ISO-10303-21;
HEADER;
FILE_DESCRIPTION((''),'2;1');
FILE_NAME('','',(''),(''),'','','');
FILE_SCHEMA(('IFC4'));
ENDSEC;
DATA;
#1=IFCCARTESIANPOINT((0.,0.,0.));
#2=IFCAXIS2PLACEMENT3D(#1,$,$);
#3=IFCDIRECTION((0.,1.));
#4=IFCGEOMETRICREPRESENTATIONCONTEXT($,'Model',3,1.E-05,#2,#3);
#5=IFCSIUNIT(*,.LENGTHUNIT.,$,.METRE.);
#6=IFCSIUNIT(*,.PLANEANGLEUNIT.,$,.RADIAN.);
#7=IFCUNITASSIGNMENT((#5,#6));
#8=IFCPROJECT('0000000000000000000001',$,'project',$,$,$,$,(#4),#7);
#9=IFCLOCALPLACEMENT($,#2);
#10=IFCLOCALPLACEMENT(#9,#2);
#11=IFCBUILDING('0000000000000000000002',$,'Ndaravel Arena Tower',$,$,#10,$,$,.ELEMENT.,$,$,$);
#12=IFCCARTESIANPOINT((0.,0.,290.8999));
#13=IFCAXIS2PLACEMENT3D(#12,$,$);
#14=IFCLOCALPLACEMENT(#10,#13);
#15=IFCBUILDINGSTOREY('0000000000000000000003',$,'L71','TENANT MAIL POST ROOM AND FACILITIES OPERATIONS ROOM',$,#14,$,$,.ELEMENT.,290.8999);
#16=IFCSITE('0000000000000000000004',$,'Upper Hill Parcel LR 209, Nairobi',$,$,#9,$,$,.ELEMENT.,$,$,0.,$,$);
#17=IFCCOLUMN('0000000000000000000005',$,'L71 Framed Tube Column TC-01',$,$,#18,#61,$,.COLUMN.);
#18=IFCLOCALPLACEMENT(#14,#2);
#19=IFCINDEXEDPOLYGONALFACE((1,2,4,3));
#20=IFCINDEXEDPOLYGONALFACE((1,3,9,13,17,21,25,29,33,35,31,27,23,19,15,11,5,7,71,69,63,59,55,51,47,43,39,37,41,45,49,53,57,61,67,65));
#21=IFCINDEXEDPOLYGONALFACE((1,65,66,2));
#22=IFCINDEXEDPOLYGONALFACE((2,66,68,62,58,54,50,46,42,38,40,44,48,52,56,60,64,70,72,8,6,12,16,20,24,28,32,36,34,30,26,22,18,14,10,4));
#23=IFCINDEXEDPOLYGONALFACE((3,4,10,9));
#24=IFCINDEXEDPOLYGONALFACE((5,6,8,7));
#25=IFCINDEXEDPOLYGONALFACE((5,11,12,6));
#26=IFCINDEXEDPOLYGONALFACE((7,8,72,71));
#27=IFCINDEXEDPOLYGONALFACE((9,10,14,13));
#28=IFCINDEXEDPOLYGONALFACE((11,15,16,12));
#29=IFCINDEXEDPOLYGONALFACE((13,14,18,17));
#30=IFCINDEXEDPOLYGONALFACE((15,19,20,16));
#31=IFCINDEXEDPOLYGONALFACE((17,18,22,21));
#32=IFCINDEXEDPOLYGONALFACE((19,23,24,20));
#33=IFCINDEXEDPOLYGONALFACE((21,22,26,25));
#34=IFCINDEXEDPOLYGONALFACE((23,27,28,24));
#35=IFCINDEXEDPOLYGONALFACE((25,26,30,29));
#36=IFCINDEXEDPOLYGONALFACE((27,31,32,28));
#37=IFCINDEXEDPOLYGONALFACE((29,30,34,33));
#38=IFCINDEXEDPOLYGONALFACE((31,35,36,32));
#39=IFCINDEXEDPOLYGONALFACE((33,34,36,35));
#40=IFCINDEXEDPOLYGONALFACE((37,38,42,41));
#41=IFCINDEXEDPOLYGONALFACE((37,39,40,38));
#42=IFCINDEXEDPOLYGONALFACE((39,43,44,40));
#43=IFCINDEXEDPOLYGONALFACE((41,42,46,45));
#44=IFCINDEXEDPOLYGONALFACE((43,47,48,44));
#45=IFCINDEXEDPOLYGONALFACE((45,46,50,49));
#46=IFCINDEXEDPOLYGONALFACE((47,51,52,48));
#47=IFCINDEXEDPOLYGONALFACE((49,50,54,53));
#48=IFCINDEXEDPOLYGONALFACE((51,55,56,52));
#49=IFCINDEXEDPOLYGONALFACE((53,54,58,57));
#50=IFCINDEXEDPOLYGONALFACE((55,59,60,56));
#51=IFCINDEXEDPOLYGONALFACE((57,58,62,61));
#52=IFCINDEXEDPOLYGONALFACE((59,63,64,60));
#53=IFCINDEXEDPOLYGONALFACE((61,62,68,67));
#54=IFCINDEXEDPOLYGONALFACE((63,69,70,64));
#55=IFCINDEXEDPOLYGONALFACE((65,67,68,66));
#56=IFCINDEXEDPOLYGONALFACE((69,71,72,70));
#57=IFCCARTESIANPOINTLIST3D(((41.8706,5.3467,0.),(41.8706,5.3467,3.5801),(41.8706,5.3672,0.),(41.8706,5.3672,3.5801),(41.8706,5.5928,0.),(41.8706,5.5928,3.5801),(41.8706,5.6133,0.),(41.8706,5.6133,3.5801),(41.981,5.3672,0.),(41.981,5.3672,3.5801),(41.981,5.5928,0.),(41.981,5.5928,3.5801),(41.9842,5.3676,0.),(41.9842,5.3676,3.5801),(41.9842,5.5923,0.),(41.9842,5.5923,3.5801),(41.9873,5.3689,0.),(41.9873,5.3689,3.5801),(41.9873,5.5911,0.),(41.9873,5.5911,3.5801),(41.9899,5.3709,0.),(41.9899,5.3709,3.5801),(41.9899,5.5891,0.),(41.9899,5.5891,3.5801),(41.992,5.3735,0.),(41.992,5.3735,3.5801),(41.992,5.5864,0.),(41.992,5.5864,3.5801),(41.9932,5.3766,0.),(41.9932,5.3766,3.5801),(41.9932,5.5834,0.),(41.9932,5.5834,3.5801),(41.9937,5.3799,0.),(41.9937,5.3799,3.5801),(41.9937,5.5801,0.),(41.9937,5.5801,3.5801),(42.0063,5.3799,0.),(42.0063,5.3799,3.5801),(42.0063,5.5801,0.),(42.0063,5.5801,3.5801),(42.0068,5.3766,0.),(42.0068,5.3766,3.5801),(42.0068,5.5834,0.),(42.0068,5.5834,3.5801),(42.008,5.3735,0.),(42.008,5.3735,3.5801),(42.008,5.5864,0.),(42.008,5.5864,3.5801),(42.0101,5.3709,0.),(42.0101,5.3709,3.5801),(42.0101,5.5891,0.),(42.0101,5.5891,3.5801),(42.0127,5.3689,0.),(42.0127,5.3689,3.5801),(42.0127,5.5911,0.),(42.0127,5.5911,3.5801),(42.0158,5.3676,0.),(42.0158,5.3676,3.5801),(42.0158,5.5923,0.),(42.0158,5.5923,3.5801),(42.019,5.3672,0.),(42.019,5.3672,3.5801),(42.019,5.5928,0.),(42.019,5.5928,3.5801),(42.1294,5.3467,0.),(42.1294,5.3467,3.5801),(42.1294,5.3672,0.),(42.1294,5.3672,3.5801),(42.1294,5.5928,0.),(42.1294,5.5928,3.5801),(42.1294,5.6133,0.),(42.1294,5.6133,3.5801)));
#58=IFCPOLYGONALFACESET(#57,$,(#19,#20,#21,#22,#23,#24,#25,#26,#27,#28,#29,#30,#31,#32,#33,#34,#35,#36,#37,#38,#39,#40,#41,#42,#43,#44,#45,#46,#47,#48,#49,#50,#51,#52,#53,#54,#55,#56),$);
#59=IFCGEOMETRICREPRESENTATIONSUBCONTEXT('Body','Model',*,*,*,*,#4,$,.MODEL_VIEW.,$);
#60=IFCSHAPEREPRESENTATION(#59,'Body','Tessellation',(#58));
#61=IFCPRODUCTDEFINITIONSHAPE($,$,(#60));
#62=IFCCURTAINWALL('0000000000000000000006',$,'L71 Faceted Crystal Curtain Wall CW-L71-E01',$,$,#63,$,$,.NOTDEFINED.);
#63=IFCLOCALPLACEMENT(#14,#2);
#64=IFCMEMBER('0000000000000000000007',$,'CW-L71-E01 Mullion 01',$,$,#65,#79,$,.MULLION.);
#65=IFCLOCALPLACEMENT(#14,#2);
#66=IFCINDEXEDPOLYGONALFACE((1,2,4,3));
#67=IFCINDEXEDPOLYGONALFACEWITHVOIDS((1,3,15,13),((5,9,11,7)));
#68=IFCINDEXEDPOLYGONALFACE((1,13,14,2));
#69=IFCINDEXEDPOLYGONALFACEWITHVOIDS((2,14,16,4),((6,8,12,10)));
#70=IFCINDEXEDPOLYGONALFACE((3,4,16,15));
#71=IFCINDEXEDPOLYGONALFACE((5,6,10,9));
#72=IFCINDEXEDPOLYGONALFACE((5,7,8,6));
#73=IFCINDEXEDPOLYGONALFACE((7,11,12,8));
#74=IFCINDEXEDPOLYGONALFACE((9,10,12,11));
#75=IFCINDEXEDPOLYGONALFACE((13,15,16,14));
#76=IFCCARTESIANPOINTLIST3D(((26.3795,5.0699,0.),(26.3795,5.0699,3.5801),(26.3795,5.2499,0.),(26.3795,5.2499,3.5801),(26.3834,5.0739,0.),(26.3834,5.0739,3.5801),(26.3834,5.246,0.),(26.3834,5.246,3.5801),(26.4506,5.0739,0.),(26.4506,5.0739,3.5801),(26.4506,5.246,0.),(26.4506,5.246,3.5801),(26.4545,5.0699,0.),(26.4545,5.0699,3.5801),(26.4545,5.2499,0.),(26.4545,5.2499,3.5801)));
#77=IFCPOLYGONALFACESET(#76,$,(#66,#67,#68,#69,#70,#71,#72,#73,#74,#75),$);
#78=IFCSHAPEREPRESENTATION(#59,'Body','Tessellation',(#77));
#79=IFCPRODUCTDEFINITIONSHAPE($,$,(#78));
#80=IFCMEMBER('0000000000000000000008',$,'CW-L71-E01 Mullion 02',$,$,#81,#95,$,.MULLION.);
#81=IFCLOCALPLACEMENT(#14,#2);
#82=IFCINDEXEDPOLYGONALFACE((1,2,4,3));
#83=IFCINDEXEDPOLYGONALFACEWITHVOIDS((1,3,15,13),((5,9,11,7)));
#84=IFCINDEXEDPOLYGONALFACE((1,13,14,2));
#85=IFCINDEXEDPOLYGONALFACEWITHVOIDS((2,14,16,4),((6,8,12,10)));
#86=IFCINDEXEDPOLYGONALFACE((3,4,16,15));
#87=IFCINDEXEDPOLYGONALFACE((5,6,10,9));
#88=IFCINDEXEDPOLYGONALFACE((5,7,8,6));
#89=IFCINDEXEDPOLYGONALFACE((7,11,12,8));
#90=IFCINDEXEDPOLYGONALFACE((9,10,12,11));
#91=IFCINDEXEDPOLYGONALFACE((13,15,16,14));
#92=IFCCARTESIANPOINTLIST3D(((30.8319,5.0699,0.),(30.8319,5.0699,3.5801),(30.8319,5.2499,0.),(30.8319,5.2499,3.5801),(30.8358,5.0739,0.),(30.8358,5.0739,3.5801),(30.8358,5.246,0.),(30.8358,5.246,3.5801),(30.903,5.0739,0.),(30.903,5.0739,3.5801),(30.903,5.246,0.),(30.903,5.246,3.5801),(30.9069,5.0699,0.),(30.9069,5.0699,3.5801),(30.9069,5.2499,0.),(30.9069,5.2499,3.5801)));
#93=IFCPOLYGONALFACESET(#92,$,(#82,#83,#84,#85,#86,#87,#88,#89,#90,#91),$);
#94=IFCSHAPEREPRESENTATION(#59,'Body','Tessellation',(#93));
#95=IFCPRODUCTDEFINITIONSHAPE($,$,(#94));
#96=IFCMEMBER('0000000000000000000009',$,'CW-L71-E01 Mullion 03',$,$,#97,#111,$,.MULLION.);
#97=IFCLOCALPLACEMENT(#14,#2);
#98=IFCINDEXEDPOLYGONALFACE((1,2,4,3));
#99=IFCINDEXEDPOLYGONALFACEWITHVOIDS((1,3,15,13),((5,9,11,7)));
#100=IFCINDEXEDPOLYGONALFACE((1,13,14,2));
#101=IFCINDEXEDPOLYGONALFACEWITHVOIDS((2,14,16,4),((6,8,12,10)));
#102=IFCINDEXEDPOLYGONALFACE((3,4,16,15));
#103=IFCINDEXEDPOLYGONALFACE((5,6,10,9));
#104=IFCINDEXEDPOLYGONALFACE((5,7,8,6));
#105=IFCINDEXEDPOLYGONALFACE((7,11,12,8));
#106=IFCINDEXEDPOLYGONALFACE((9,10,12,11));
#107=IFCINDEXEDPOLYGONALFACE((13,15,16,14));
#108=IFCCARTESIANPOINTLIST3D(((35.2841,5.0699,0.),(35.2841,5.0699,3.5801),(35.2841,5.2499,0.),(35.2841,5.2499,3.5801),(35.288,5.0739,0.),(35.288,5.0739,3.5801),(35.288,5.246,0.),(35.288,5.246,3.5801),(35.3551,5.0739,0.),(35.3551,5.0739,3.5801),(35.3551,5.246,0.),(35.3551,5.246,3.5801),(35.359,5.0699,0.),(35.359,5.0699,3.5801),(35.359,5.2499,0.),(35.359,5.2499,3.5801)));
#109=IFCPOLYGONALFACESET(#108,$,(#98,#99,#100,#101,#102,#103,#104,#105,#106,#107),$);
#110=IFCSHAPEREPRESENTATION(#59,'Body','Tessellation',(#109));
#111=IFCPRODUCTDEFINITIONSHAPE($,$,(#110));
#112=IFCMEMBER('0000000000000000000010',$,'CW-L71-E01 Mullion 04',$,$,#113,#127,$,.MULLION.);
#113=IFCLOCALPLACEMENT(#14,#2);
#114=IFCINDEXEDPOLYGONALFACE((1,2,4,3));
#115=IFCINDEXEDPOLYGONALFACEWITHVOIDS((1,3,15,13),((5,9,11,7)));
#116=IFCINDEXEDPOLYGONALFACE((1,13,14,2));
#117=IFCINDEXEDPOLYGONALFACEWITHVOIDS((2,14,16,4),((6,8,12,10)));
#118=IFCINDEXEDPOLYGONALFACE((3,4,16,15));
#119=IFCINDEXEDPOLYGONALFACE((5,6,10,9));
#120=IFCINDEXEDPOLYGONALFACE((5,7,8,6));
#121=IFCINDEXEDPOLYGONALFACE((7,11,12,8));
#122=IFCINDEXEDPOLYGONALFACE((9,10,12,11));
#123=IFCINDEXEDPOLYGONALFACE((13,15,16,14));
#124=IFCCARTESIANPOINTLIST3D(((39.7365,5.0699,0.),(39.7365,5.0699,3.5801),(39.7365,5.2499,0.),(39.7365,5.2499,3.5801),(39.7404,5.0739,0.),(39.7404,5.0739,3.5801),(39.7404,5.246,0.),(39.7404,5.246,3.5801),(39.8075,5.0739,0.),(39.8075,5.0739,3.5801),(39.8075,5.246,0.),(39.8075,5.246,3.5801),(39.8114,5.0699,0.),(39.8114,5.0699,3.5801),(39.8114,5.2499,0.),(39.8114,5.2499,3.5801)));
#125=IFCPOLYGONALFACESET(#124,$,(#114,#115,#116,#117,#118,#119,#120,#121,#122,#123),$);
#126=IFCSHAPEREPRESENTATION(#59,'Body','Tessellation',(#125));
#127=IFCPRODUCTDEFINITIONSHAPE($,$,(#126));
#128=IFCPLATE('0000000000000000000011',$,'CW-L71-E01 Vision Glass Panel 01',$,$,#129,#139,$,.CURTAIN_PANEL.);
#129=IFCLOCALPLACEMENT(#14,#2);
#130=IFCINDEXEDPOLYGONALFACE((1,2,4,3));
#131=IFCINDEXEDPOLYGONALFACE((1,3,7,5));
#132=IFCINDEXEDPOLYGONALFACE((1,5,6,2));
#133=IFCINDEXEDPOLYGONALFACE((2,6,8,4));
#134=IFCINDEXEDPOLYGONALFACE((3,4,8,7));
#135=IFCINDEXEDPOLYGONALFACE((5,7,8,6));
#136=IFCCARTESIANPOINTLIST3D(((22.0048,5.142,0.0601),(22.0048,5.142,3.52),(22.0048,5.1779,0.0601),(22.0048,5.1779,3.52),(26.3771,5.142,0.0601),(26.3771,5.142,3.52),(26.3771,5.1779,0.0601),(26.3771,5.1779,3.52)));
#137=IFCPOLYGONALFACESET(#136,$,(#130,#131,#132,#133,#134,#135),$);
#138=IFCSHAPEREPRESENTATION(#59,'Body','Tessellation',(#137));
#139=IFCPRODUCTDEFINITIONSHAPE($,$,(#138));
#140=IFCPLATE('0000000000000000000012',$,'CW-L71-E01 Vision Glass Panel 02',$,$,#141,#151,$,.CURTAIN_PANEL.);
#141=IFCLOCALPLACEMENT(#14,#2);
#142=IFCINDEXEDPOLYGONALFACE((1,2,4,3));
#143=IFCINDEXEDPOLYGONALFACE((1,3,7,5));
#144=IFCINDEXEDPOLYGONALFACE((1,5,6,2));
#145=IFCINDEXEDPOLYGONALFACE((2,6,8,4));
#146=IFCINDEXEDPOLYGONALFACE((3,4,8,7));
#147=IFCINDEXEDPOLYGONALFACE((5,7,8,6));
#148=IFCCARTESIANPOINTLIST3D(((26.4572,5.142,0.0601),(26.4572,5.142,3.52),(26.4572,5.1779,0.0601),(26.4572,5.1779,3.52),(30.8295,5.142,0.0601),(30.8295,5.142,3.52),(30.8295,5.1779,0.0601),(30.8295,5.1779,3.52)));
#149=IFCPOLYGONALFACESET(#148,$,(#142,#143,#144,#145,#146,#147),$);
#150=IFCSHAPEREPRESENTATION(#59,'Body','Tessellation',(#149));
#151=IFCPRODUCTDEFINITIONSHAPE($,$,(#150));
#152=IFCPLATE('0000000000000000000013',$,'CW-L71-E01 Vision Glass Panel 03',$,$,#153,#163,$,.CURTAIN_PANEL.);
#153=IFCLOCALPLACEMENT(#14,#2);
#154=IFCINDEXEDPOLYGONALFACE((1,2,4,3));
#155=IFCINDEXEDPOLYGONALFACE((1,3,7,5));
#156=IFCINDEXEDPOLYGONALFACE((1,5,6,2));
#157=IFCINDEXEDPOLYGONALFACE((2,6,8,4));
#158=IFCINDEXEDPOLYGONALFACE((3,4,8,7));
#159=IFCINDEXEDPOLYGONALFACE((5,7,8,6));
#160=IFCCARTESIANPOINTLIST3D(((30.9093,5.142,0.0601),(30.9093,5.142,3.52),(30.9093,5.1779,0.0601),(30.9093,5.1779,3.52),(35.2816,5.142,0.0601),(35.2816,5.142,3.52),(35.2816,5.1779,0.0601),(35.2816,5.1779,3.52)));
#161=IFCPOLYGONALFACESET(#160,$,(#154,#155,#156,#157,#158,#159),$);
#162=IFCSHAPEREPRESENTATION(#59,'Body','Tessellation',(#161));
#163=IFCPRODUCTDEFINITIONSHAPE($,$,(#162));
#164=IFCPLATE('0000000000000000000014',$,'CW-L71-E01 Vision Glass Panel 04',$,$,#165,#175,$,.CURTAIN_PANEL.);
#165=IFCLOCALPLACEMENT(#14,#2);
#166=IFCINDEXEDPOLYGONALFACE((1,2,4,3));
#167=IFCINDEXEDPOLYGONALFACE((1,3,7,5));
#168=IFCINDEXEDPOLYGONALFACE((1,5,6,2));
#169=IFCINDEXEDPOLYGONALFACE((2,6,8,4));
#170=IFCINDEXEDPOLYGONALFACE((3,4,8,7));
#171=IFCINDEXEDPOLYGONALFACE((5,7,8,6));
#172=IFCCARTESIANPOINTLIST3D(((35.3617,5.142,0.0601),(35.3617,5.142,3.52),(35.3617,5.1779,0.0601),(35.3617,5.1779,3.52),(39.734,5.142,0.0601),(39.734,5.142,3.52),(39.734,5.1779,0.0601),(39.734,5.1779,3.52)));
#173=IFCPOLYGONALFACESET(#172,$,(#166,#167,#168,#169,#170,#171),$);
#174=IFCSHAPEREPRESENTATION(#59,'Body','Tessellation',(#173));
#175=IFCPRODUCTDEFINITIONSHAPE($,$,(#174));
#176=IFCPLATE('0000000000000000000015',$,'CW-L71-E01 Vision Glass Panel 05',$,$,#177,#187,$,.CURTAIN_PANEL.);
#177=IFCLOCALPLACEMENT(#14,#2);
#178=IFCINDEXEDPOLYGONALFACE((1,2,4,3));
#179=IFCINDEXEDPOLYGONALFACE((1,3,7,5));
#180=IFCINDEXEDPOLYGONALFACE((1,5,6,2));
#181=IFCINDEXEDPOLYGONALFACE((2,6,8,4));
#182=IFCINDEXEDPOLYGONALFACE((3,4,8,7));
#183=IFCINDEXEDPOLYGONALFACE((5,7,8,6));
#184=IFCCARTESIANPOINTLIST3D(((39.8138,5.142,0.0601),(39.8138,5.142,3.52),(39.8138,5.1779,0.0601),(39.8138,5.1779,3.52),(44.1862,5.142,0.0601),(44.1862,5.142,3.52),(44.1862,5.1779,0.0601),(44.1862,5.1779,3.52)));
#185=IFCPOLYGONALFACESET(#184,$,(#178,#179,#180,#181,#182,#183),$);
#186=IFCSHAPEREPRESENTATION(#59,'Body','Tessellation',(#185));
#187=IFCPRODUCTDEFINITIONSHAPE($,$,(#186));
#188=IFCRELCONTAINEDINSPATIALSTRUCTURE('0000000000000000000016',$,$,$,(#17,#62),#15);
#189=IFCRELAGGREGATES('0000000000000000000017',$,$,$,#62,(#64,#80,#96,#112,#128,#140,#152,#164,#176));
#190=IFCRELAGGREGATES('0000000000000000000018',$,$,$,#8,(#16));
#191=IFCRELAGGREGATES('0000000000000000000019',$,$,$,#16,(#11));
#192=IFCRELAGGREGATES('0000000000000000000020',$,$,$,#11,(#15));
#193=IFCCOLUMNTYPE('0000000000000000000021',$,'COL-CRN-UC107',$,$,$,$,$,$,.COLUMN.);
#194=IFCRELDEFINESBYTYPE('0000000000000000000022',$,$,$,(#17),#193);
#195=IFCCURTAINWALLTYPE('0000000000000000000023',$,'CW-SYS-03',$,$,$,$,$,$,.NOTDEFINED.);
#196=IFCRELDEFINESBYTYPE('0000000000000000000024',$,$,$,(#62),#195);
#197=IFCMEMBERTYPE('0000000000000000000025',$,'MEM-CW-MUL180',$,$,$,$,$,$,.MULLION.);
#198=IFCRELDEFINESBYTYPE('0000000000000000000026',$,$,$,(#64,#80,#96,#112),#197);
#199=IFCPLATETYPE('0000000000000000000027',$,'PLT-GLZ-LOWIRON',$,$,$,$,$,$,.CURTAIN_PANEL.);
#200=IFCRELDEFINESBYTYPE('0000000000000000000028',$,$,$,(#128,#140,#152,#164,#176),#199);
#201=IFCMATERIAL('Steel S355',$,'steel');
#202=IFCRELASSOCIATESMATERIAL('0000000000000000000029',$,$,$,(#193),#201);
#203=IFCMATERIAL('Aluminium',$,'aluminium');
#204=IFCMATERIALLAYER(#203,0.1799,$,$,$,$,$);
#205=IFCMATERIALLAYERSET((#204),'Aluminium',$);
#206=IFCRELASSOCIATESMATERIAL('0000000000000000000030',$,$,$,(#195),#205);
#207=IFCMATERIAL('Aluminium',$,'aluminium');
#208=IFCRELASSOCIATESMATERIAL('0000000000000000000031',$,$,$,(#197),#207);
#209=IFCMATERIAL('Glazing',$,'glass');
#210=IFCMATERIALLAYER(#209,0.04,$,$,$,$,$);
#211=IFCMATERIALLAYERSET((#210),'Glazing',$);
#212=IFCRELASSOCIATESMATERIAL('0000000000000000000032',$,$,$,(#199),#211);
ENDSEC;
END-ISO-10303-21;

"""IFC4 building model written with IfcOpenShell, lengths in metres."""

from ifc_helpers import new_model, si_unit, direction, frame, origin, origin_2d, place, context, subcontext, project, spatial, rectangle, hollow_rectangle, i_section, extrude, material, layer, layer_set, material_profile, profile_set, type_object, element, aggregate, save


model = new_model("IFC4")

# Units and contexts
model_context = context("Model", 3, precision=1e-05, world=origin(), true_north=direction((0.0, 1.0)))
body_context = subcontext(model_context, "Body", "Model", "MODEL_VIEW")
ifc_project = project(units=[si_unit("LENGTHUNIT", "METRE"), si_unit("PLANEANGLEUNIT", "RADIAN")], contexts=[model_context])

# Site, building, storey
site_placement = place(None, origin())
site = spatial("IfcSite", under=ifc_project, at=site_placement, Name="Upper Hill Parcel LR 209, Nairobi", CompositionType="ELEMENT", RefElevation=0.0)
building_placement = place(site_placement, origin())
building = spatial("IfcBuilding", under=site, at=building_placement, Name="Ndaravel Arena Tower", CompositionType="ELEMENT")
storey_placement = place(building_placement, frame((0.0, 0.0, 290.8999)))
storey = spatial("IfcBuildingStorey", under=building, at=storey_placement, Name="L71", Description="TENANT MAIL POST ROOM AND FACILITIES OPERATIONS ROOM", CompositionType="ELEMENT", Elevation=290.8999)

# Column
ifc_material_1 = material(Name="Steel S355", Category="steel")
ifc_material_profile_1 = material_profile(ifc_material_1, i_section(OverallWidth=0.2588, OverallDepth=0.2666, WebThickness=0.0127, FlangeThickness=0.0205, FilletRadius=0.0127, at=origin_2d()), Name="UC 254x254x107")
ifc_profile_set_1 = profile_set([ifc_material_profile_1], Name="Steel S355")
column_type = type_object("IfcColumnType", Name="COL-CRN-UC107", PredefinedType="COLUMN", material=ifc_profile_set_1)
column_placement = place(storey_placement, frame((42.0, 5.48, 0.0), z_axis=(0.0, 0.0, 1.0), x_axis=(1.0, 0.0, 0.0)))
element("IfcColumn", 1, at=column_placement, inside=storey, type_object=column_type, Name="L71 Framed Tube Column TC-01", PredefinedType="COLUMN", context=body_context, shape_type="SweptSolid", body=[
    extrude(i_section(OverallWidth=0.2588, OverallDepth=0.2666, WebThickness=0.0127, FlangeThickness=0.0205, FilletRadius=0.0127, at=origin_2d()), origin(), (0.0, 0.0, 1.0), 3.5801),
])

# Curtain wall, members, plates
ifc_material_2 = material(Name="Aluminium", Category="aluminium")
ifc_layer_1 = layer(ifc_material_2, 0.1799)
ifc_layer_set_1 = layer_set([ifc_layer_1], Name="Aluminium")
curtain_wall_type = type_object("IfcCurtainWallType", Name="CW-SYS-03", PredefinedType="NOTDEFINED", material=ifc_layer_set_1)
curtain_wall_placement = place(storey_placement, origin())
curtain_wall = element("IfcCurtainWall", 2, at=curtain_wall_placement, inside=storey, type_object=curtain_wall_type, Name="L71 Faceted Crystal Curtain Wall CW-L71-E01", PredefinedType="NOTDEFINED")
ifc_material_3 = material(Name="Aluminium", Category="aluminium")
ifc_material_profile_2 = material_profile(ifc_material_3, hollow_rectangle(XDim=0.075, YDim=0.1799, WallThickness=0.0039, at=origin_2d()), Name="CW MULLION 75x180x4")
ifc_profile_set_2 = profile_set([ifc_material_profile_2], Name="Aluminium")
member_type = type_object("IfcMemberType", Name="MEM-CW-MUL180", PredefinedType="MULLION", material=ifc_profile_set_2)
member_1_placement = place(storey_placement, frame((26.417, 5.1599, 0.0), z_axis=(0.0, 0.0, 1.0), x_axis=(1.0, 0.0, 0.0)))
member_1 = element("IfcMember", 3, at=member_1_placement, type_object=member_type, Name="CW-L71-E01 Mullion 01", PredefinedType="MULLION", context=body_context, shape_type="SweptSolid", body=[
    extrude(hollow_rectangle(XDim=0.075, YDim=0.1799, WallThickness=0.0039, at=origin_2d()), origin(), (0.0, 0.0, 1.0), 3.5801),
])
member_2_placement = place(storey_placement, frame((30.8694, 5.1599, 0.0), z_axis=(0.0, 0.0, 1.0), x_axis=(1.0, 0.0, 0.0)))
member_2 = element("IfcMember", 4, at=member_2_placement, type_object=member_type, Name="CW-L71-E01 Mullion 02", PredefinedType="MULLION", context=body_context, shape_type="SweptSolid", body=[
    extrude(hollow_rectangle(XDim=0.075, YDim=0.1799, WallThickness=0.0039, at=origin_2d()), origin(), (0.0, 0.0, 1.0), 3.5801),
])
member_3_placement = place(storey_placement, frame((35.3215, 5.1599, 0.0), z_axis=(0.0, 0.0, 1.0), x_axis=(1.0, 0.0, 0.0)))
member_3 = element("IfcMember", 5, at=member_3_placement, type_object=member_type, Name="CW-L71-E01 Mullion 03", PredefinedType="MULLION", context=body_context, shape_type="SweptSolid", body=[
    extrude(hollow_rectangle(XDim=0.075, YDim=0.1799, WallThickness=0.0039, at=origin_2d()), origin(), (0.0, 0.0, 1.0), 3.5801),
])
member_4_placement = place(storey_placement, frame((39.7739, 5.1599, 0.0), z_axis=(0.0, 0.0, 1.0), x_axis=(1.0, 0.0, 0.0)))
member_4 = element("IfcMember", 6, at=member_4_placement, type_object=member_type, Name="CW-L71-E01 Mullion 04", PredefinedType="MULLION", context=body_context, shape_type="SweptSolid", body=[
    extrude(hollow_rectangle(XDim=0.075, YDim=0.1799, WallThickness=0.0039, at=origin_2d()), origin(), (0.0, 0.0, 1.0), 3.5801),
])
ifc_material_4 = material(Name="Glazing", Category="glass")
ifc_layer_2 = layer(ifc_material_4, 0.04)
ifc_layer_set_2 = layer_set([ifc_layer_2], Name="Glazing")
plate_type = type_object("IfcPlateType", Name="PLT-GLZ-LOWIRON", PredefinedType="CURTAIN_PANEL", material=ifc_layer_set_2)
plate_1_placement = place(storey_placement, frame((24.1909, 5.1599, 0.0601), z_axis=(0.0, 0.0, 1.0), x_axis=(1.0, 0.0, 0.0)))
plate_1 = element("IfcPlate", 7, at=plate_1_placement, type_object=plate_type, Name="CW-L71-E01 Vision Glass Panel 01", PredefinedType="CURTAIN_PANEL", context=body_context, shape_type="SweptSolid", body=[
    extrude(rectangle(XDim=4.3723, YDim=0.0359, at=origin_2d()), origin(), (0.0, 0.0, 1.0), 3.46),
])
plate_2_placement = place(storey_placement, frame((28.6433, 5.1599, 0.0601), z_axis=(0.0, 0.0, 1.0), x_axis=(1.0, 0.0, 0.0)))
plate_2 = element("IfcPlate", 8, at=plate_2_placement, type_object=plate_type, Name="CW-L71-E01 Vision Glass Panel 02", PredefinedType="CURTAIN_PANEL", context=body_context, shape_type="SweptSolid", body=[
    extrude(rectangle(XDim=4.3723, YDim=0.0359, at=origin_2d()), origin(), (0.0, 0.0, 1.0), 3.46),
])
plate_3_placement = place(storey_placement, frame((33.0955, 5.1599, 0.0601), z_axis=(0.0, 0.0, 1.0), x_axis=(1.0, 0.0, 0.0)))
plate_3 = element("IfcPlate", 9, at=plate_3_placement, type_object=plate_type, Name="CW-L71-E01 Vision Glass Panel 03", PredefinedType="CURTAIN_PANEL", context=body_context, shape_type="SweptSolid", body=[
    extrude(rectangle(XDim=4.3723, YDim=0.0359, at=origin_2d()), origin(), (0.0, 0.0, 1.0), 3.46),
])
plate_4_placement = place(storey_placement, frame((37.5479, 5.1599, 0.0601), z_axis=(0.0, 0.0, 1.0), x_axis=(1.0, 0.0, 0.0)))
plate_4 = element("IfcPlate", 10, at=plate_4_placement, type_object=plate_type, Name="CW-L71-E01 Vision Glass Panel 04", PredefinedType="CURTAIN_PANEL", context=body_context, shape_type="SweptSolid", body=[
    extrude(rectangle(XDim=4.3723, YDim=0.0359, at=origin_2d()), origin(), (0.0, 0.0, 1.0), 3.46),
])
plate_5_placement = place(storey_placement, frame((42.0, 5.1599, 0.0601), z_axis=(0.0, 0.0, 1.0), x_axis=(1.0, 0.0, 0.0)))
plate_5 = element("IfcPlate", 11, at=plate_5_placement, type_object=plate_type, Name="CW-L71-E01 Vision Glass Panel 05", PredefinedType="CURTAIN_PANEL", context=body_context, shape_type="SweptSolid", body=[
    extrude(rectangle(XDim=4.3723, YDim=0.0359, at=origin_2d()), origin(), (0.0, 0.0, 1.0), 3.46),
])
aggregate(curtain_wall, [member_1, member_2, member_3, member_4, plate_1, plate_2, plate_3, plate_4, plate_5])

save(model, "model.ifc")
